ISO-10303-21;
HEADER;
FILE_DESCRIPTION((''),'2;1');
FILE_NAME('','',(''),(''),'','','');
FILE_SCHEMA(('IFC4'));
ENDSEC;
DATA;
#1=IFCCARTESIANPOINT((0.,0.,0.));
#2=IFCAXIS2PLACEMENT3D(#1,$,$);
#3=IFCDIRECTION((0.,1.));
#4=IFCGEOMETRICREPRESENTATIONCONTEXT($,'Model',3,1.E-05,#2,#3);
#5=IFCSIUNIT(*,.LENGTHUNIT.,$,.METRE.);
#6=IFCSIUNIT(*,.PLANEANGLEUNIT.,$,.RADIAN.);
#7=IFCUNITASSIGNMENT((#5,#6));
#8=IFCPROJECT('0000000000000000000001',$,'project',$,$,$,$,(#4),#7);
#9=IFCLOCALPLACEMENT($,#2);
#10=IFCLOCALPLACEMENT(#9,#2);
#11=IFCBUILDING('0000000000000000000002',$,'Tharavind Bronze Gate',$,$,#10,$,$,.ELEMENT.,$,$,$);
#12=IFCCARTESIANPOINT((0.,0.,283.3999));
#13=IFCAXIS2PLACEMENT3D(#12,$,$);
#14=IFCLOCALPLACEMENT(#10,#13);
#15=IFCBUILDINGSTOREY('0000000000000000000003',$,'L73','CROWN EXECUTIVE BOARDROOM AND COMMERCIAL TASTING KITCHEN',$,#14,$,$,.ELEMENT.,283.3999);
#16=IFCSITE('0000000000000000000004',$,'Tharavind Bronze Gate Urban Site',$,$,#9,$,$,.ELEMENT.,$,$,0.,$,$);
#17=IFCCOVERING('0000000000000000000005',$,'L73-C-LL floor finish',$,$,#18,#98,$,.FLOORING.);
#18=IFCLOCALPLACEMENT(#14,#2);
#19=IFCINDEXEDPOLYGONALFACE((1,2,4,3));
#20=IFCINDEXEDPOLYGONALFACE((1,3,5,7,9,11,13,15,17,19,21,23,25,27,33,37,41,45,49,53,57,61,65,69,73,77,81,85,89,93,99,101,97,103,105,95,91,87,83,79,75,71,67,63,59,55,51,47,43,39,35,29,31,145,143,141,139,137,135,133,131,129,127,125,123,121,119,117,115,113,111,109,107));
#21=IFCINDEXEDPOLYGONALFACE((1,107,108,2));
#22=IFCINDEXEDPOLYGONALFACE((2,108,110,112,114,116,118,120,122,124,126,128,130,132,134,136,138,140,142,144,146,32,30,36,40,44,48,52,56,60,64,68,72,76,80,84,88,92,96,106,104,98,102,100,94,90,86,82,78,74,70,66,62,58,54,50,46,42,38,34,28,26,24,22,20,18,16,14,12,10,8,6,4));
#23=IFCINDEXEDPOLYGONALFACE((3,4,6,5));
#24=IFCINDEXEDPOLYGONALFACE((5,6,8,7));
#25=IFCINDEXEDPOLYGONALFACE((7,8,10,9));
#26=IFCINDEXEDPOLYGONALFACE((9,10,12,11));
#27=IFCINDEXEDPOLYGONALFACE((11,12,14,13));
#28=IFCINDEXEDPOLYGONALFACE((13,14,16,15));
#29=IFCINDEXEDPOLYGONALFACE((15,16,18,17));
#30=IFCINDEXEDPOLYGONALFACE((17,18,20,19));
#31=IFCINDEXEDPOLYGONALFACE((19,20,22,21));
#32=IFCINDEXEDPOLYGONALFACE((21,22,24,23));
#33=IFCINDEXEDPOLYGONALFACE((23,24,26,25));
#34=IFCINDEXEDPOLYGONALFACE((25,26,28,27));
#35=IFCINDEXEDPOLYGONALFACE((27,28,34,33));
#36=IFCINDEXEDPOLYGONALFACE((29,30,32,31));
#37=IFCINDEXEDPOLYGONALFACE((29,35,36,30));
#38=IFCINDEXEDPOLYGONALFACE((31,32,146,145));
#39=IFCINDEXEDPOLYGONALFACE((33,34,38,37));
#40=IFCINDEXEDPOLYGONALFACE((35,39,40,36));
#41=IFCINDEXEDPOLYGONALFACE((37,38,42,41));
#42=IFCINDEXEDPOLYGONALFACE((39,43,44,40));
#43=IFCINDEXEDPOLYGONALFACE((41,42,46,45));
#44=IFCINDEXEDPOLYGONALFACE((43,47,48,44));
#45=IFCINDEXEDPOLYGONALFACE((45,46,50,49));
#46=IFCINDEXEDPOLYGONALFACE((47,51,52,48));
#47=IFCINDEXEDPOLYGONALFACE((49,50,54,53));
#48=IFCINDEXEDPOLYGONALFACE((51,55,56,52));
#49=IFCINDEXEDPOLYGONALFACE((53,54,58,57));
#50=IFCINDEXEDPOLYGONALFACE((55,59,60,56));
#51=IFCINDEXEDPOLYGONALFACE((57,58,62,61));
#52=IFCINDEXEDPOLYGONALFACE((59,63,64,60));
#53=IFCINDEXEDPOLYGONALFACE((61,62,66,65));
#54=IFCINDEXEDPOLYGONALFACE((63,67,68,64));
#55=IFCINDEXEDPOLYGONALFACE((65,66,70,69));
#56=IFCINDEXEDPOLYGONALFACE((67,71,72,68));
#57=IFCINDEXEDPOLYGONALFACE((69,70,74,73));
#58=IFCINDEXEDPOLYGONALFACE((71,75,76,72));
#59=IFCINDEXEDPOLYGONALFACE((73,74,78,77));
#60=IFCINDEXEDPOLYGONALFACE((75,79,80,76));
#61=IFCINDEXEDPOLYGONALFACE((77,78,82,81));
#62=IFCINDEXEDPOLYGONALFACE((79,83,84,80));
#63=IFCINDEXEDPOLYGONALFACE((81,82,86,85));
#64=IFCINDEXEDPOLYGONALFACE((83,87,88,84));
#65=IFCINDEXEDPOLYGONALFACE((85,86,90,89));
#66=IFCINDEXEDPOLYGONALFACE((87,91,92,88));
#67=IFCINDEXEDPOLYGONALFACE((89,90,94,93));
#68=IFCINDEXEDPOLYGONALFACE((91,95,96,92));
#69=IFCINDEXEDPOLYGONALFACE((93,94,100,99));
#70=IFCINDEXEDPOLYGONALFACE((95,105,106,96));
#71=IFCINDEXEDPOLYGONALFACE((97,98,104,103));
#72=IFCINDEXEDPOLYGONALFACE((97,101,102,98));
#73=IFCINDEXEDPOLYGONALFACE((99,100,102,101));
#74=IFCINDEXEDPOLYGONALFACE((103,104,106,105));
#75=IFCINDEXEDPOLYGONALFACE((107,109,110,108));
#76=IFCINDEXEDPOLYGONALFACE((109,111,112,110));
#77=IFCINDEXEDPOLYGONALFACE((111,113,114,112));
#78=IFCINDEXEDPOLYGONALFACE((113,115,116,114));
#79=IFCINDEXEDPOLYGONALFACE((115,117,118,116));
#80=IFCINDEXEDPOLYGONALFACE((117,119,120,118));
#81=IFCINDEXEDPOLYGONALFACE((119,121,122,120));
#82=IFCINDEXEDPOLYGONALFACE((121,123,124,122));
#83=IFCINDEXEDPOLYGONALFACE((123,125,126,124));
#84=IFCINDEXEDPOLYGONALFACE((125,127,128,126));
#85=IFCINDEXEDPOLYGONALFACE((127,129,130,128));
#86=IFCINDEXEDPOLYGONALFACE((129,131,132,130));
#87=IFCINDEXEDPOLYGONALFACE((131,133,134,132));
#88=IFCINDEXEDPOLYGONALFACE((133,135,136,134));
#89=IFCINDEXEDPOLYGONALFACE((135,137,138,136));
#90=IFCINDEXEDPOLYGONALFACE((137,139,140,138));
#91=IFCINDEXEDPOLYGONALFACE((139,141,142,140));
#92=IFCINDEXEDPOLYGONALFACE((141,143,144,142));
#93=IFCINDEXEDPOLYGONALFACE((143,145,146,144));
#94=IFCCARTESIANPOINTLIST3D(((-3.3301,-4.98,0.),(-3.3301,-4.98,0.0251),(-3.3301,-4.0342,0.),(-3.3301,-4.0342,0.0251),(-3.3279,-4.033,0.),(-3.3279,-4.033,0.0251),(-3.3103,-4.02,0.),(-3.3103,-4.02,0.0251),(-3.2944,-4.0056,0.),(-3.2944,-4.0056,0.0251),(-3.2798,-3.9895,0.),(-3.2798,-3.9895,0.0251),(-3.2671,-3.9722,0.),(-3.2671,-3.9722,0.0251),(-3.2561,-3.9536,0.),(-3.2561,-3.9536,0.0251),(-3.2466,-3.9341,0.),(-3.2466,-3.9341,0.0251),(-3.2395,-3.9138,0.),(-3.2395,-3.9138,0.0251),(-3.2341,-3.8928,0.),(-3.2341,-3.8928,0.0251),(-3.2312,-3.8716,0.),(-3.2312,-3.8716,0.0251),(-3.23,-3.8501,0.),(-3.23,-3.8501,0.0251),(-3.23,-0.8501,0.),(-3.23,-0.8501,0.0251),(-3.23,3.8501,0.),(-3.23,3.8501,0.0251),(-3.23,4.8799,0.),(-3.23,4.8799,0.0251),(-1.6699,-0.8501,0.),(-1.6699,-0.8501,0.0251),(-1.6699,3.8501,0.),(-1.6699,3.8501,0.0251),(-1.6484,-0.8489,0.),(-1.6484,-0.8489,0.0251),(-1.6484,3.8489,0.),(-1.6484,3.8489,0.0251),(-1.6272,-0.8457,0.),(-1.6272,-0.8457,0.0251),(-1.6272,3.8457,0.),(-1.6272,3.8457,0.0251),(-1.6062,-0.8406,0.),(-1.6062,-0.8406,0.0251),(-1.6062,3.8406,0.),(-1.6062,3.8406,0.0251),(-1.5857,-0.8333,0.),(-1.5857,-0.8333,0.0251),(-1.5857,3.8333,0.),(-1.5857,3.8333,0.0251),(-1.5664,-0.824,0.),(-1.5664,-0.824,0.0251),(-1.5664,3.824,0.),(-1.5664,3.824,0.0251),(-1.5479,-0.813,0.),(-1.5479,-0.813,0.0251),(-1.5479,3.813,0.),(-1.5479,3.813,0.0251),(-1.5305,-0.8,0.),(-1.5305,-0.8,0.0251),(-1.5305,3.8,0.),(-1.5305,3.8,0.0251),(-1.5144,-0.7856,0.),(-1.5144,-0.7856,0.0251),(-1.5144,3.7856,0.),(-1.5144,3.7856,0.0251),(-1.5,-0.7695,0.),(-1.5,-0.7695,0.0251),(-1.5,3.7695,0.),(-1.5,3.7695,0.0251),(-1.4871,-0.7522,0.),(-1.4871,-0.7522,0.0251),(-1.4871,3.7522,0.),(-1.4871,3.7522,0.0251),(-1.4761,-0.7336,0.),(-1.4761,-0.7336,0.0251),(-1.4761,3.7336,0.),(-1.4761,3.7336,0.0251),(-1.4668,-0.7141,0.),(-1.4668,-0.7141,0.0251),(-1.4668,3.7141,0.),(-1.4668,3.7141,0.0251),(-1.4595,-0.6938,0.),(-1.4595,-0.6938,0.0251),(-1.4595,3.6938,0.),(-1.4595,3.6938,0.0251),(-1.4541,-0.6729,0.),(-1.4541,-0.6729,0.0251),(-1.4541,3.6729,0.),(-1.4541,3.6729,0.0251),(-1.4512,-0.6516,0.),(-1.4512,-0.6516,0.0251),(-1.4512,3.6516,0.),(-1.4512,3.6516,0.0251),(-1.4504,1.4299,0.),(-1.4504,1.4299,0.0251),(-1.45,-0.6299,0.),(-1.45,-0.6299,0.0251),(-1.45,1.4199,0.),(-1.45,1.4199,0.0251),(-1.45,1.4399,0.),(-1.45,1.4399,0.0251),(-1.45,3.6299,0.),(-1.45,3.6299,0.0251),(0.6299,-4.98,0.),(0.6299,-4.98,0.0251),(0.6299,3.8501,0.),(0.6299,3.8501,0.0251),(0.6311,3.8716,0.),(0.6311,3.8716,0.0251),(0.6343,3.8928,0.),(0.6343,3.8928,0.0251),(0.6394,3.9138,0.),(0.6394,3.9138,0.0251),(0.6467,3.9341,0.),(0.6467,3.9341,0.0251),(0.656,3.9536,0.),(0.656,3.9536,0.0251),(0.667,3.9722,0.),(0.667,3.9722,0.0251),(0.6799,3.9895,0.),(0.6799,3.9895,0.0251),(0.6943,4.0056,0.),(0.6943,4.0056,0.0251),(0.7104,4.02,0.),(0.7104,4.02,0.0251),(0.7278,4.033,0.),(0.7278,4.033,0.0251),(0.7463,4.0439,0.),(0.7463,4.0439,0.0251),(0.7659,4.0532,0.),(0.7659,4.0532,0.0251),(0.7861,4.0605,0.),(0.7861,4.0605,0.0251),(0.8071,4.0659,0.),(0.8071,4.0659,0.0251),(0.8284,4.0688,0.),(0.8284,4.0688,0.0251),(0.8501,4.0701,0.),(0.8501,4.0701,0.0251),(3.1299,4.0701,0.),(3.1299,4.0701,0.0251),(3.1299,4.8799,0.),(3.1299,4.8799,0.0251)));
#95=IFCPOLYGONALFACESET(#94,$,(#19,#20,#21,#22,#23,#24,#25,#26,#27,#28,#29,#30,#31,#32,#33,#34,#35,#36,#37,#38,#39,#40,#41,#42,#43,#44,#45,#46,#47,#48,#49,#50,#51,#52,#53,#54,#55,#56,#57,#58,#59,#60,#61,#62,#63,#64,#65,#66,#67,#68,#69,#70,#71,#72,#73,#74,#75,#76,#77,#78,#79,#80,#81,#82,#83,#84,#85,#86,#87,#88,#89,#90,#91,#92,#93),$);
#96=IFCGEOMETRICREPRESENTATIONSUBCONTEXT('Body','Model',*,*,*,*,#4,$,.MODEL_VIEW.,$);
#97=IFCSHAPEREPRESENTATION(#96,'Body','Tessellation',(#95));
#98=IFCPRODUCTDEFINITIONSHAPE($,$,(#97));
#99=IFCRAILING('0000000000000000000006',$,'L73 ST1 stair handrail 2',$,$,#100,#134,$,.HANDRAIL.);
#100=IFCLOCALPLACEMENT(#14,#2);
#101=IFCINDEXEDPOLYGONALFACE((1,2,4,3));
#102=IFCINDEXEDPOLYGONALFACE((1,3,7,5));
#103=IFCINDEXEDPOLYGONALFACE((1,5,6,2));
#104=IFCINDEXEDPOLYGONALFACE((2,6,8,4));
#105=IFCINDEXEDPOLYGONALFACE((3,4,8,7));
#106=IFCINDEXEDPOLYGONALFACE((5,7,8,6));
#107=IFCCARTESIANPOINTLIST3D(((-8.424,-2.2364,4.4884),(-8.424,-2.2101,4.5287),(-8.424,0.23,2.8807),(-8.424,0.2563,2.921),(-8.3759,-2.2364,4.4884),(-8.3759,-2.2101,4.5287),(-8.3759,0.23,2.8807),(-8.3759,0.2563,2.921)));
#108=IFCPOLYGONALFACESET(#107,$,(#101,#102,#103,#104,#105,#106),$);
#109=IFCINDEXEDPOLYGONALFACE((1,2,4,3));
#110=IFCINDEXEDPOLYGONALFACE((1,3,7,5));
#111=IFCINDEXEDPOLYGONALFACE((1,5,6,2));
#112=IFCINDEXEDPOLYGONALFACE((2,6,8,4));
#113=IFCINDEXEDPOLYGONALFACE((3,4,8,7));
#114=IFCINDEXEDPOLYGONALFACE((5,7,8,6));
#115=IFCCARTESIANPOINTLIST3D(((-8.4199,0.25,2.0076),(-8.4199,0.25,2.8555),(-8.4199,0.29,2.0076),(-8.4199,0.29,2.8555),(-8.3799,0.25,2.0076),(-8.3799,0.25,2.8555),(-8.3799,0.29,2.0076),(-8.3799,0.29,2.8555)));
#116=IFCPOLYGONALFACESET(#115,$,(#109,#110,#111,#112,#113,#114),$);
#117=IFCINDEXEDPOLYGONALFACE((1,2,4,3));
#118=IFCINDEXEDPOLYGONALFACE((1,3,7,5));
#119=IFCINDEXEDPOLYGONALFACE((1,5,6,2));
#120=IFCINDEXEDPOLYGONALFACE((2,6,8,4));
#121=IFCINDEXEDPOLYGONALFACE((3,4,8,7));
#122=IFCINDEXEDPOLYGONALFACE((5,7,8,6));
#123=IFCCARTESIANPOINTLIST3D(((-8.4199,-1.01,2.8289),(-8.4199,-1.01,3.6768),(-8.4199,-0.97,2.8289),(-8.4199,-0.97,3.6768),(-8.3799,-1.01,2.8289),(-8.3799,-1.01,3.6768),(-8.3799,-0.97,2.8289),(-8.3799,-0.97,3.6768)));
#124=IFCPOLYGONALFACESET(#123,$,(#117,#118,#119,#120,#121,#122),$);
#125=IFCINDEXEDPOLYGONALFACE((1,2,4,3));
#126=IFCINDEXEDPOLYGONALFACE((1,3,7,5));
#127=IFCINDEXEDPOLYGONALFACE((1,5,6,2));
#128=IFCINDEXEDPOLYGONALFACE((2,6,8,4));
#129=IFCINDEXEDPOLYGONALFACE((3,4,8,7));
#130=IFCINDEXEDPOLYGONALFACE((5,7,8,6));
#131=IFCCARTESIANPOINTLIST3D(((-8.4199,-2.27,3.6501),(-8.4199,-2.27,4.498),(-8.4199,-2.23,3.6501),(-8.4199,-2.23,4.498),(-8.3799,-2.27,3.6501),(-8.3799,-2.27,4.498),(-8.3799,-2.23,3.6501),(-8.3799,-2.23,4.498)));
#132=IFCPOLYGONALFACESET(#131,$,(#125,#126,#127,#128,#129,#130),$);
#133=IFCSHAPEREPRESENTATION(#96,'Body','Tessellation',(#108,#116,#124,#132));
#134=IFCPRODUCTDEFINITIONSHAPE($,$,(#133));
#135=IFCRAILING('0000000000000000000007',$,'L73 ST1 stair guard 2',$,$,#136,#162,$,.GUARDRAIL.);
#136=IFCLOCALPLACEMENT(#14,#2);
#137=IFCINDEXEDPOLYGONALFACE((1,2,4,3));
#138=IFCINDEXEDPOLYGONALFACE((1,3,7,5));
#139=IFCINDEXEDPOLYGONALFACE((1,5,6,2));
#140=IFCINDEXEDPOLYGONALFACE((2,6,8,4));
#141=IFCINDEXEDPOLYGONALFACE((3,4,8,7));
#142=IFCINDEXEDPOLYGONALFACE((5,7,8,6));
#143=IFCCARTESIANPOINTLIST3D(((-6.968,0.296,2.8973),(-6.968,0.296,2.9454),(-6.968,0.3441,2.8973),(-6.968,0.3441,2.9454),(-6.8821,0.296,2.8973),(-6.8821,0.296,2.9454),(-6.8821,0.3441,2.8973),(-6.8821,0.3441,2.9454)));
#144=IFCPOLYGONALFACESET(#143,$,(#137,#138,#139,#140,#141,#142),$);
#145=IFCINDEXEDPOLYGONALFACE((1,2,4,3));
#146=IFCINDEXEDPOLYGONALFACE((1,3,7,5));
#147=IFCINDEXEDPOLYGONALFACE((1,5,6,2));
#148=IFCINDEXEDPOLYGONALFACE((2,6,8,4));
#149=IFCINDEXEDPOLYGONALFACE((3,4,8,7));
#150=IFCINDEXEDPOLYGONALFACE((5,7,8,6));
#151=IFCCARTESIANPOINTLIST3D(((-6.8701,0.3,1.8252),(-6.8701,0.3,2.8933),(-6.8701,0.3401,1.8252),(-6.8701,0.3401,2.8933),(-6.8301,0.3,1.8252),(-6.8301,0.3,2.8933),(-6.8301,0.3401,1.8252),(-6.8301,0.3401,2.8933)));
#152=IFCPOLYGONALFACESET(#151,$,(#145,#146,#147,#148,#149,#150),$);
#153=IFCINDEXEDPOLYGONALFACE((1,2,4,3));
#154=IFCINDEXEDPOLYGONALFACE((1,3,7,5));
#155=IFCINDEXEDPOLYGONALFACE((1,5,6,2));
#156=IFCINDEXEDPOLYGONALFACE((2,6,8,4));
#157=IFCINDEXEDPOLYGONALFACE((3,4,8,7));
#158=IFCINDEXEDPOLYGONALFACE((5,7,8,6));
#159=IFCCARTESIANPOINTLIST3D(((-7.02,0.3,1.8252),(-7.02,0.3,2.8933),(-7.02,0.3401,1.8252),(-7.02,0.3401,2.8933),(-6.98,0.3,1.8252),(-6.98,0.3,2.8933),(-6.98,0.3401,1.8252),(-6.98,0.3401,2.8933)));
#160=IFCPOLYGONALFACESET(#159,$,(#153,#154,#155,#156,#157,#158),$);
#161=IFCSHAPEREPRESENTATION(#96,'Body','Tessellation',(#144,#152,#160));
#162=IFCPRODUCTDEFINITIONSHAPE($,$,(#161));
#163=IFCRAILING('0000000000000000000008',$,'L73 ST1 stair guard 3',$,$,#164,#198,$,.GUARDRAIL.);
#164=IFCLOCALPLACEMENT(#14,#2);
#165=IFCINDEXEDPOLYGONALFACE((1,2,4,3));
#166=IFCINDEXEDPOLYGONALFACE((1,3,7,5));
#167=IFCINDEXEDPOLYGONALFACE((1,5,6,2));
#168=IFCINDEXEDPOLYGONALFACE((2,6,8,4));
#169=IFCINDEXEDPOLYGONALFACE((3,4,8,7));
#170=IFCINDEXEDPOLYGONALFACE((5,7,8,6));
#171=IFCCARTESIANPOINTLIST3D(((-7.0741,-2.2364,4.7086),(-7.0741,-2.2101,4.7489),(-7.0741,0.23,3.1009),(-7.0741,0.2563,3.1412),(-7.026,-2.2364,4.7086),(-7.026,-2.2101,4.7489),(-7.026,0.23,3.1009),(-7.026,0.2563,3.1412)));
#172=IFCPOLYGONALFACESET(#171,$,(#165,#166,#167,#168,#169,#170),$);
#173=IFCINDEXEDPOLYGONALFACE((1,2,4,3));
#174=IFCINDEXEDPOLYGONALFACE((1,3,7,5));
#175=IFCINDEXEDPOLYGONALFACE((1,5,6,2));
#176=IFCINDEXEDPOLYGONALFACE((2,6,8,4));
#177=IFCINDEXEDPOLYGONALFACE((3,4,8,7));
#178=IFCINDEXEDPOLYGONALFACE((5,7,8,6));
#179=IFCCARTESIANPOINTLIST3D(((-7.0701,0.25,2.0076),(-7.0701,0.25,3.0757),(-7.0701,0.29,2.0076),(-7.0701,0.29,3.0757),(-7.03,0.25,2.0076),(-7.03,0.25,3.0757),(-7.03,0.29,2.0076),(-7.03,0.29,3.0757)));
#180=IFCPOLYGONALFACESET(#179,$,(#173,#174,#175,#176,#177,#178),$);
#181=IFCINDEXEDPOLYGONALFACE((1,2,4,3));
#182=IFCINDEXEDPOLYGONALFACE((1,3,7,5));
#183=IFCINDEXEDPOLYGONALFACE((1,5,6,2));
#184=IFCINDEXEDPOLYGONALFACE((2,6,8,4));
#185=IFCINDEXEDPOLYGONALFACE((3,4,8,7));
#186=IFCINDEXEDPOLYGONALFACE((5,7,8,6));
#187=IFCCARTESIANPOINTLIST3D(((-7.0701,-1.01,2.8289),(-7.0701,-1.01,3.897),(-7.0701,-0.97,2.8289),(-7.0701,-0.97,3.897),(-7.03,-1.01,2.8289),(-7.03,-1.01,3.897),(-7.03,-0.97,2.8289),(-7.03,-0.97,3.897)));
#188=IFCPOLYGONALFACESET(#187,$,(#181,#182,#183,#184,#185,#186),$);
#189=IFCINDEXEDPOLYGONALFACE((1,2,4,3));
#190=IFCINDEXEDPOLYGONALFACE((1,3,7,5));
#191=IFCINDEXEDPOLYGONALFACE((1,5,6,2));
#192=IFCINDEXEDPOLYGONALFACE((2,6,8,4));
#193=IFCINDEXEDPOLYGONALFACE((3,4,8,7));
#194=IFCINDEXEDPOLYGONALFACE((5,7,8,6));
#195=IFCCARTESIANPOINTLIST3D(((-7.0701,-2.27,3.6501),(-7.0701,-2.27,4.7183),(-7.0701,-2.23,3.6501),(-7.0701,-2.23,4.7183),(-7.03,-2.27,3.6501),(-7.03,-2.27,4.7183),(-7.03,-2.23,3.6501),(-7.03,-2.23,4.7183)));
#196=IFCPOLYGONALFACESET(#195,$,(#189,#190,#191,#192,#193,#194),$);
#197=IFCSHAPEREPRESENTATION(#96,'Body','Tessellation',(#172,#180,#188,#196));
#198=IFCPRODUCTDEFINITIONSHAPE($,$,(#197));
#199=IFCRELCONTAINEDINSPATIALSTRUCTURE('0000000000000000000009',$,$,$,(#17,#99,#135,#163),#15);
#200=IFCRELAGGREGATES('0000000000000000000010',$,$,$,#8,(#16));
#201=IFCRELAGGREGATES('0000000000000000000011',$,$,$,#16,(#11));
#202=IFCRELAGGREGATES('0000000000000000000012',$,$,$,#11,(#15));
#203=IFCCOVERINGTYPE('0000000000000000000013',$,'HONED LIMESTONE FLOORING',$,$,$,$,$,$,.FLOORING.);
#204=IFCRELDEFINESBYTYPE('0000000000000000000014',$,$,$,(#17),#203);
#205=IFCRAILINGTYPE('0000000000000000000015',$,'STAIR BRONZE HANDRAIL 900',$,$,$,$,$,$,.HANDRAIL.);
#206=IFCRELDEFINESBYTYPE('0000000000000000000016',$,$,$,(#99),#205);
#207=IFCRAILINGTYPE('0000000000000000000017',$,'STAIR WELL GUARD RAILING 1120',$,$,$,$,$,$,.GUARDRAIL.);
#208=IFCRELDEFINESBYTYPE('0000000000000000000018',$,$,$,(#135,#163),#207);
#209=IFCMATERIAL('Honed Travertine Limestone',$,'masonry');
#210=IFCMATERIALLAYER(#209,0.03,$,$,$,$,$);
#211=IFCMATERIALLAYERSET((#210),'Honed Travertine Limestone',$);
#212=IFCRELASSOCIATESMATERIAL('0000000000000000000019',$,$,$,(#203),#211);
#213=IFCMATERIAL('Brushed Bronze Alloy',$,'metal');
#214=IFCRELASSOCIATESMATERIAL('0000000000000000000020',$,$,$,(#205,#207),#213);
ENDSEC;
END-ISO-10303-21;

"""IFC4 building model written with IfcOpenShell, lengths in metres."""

from ifc_helpers import new_model, si_unit, direction, frame, origin, origin_2d, place, context, subcontext, project, spatial, polyline, rectangle, outline, extrude, material, layer, layer_set, type_object, element, save


model = new_model("IFC4")

# Units and contexts
model_context = context("Model", 3, precision=1e-05, world=origin(), true_north=direction((0.0, 1.0)))
body_context = subcontext(model_context, "Body", "Model", "MODEL_VIEW")
ifc_project = project(units=[si_unit("LENGTHUNIT", "METRE"), si_unit("PLANEANGLEUNIT", "RADIAN")], contexts=[model_context])

# Site, building, storey
site_placement = place(None, origin())
site = spatial("IfcSite", under=ifc_project, at=site_placement, Name="Tharavind Bronze Gate Urban Site", CompositionType="ELEMENT", RefElevation=0.0)
building_placement = place(site_placement, origin())
building = spatial("IfcBuilding", under=site, at=building_placement, Name="Tharavind Bronze Gate", CompositionType="ELEMENT")
storey_placement = place(building_placement, frame((0.0, 0.0, 283.3999)))
storey = spatial("IfcBuildingStorey", under=building, at=storey_placement, Name="L73", Description="CROWN EXECUTIVE BOARDROOM AND COMMERCIAL TASTING KITCHEN", CompositionType="ELEMENT", Elevation=283.3999)

# Covering
ifc_material_1 = material(Name="Honed Travertine Limestone", Category="masonry")
ifc_layer_1 = layer(ifc_material_1, 0.03)
ifc_layer_set_1 = layer_set([ifc_layer_1], Name="Honed Travertine Limestone")
covering_type_1 = type_object("IfcCoveringType", Name="HONED LIMESTONE FLOORING", PredefinedType="FLOORING", material=ifc_layer_set_1)
covering_1_placement = place(storey_placement, origin())
element("IfcCovering", 1, at=covering_1_placement, inside=storey, type_object=covering_type_1, Name="L73-C-LL floor finish", PredefinedType="FLOORING", context=body_context, shape_type="SweptSolid", body=[
    extrude(outline(polyline([(-3.3301, -4.98), (0.6299, -4.98), (0.6299, 3.8501), (0.6311, 3.8716), (0.6343, 3.8928), (0.6394, 3.9138), (0.6467, 3.9341), (0.656, 3.9536), (0.667, 3.9722), (0.6799, 3.9895), (0.6943, 4.0056), (0.7104, 4.02), (0.7278, 4.033), (0.7463, 4.0439), (0.7659, 4.0532), (0.7861, 4.0605), (0.8071, 4.0659), (0.8284, 4.0688), (0.8501, 4.0701), (3.1299, 4.0701), (3.1299, 4.8799), (-3.23, 4.8799), (-3.23, 3.8501), (-1.6699, 3.8501), (-1.6484, 3.8489), (-1.6272, 3.8457), (-1.6062, 3.8406), (-1.5857, 3.8333), (-1.5664, 3.824), (-1.5479, 3.813), (-1.5305, 3.8), (-1.5144, 3.7856), (-1.5, 3.7695), (-1.4871, 3.7522), (-1.4761, 3.7336), (-1.4668, 3.7141), (-1.4595, 3.6938), (-1.4541, 3.6729), (-1.4512, 3.6516), (-1.45, 3.6299), (-1.45, 1.4399), (-1.4504, 1.4299), (-1.45, 1.4199), (-1.45, -0.6299), (-1.4512, -0.6516), (-1.4541, -0.6729), (-1.4595, -0.6938), (-1.4668, -0.7141), (-1.4761, -0.7336), (-1.4871, -0.7522), (-1.5, -0.7695), (-1.5144, -0.7856), (-1.5305, -0.8), (-1.5479, -0.813), (-1.5664, -0.824), (-1.5857, -0.8333), (-1.6062, -0.8406), (-1.6272, -0.8457), (-1.6484, -0.8489), (-1.6699, -0.8501), (-3.23, -0.8501), (-3.23, -3.8501), (-3.2312, -3.8716), (-3.2341, -3.8928), (-3.2395, -3.9138), (-3.2466, -3.9341), (-3.2561, -3.9536), (-3.2671, -3.9722), (-3.2798, -3.9895), (-3.2944, -4.0056), (-3.3103, -4.02), (-3.3279, -4.033), (-3.3301, -4.0342), (-3.3301, -4.98)])), origin(), (0.0, 0.0, 1.0), 0.0251),
])

# Railings
ifc_material_2 = material(Name="Brushed Bronze Alloy", Category="metal")
railing_type_1 = type_object("IfcRailingType", Name="STAIR BRONZE HANDRAIL 900", PredefinedType="HANDRAIL", material=ifc_material_2)
railing_1_placement = place(storey_placement, frame((-8.3999, 0.27, 2.0076)))
element("IfcRailing", 2, at=railing_1_placement, inside=storey, type_object=railing_type_1, Name="L73 ST1 stair handrail 2", PredefinedType="HANDRAIL", context=body_context, shape_type="SweptSolid", body=[
    extrude(rectangle(XDim=0.0481, YDim=0.0481, at=origin_2d()), frame((0.0, -0.0269, 0.8933), z_axis=(0.0, -0.837749, 0.546055), x_axis=(1.0, 0.0, 0.0)), (0.0, 0.0, 1.0), 2.9441),
    extrude(rectangle(XDim=0.04, YDim=0.04, at=origin_2d()), origin(), (0.0, 0.0, 1.0), 0.8479),
    extrude(rectangle(XDim=0.04, YDim=0.04, at=origin_2d()), frame((0.0, -1.26, 0.8213)), (0.0, 0.0, 1.0), 0.8479),
    extrude(rectangle(XDim=0.04, YDim=0.04, at=origin_2d()), frame((0.0, -2.52, 1.6426)), (0.0, 0.0, 1.0), 0.8479),
])
railing_type_2 = type_object("IfcRailingType", Name="STAIR WELL GUARD RAILING 1120", PredefinedType="GUARDRAIL", material=ifc_material_2)
railing_2_placement = place(storey_placement, frame((-6.8501, 0.3201, 1.8252)))
element("IfcRailing", 3, at=railing_2_placement, inside=storey, type_object=railing_type_2, Name="L73 ST1 stair guard 2", PredefinedType="GUARDRAIL", context=body_context, shape_type="SweptSolid", body=[
    extrude(rectangle(XDim=0.0481, YDim=0.0481, at=origin_2d()), frame((-0.032, 0.0, 1.0962), z_axis=(-1.0, 0.0, 0.0), x_axis=(0.0, -1.0, 0.0)), (0.0, 0.0, 1.0), 0.0859),
    extrude(rectangle(XDim=0.04, YDim=0.04, at=origin_2d()), origin(), (0.0, 0.0, 1.0), 1.0681),
    extrude(rectangle(XDim=0.04, YDim=0.04, at=origin_2d()), frame((-0.1499, 0.0, 0.0)), (0.0, 0.0, 1.0), 1.0681),
])
railing_3_placement = place(storey_placement, frame((-7.05, 0.27, 2.0076)))
element("IfcRailing", 4, at=railing_3_placement, inside=storey, type_object=railing_type_2, Name="L73 ST1 stair guard 3", PredefinedType="GUARDRAIL", context=body_context, shape_type="SweptSolid", body=[
    extrude(rectangle(XDim=0.0481, YDim=0.0481, at=origin_2d()), frame((0.0, -0.0269, 1.1135), z_axis=(0.0, -0.837749, 0.546055), x_axis=(1.0, 0.0, 0.0)), (0.0, 0.0, 1.0), 2.9441),
    extrude(rectangle(XDim=0.04, YDim=0.04, at=origin_2d()), origin(), (0.0, 0.0, 1.0), 1.0681),
    extrude(rectangle(XDim=0.04, YDim=0.04, at=origin_2d()), frame((0.0, -1.26, 0.8213)), (0.0, 0.0, 1.0), 1.0681),
    extrude(rectangle(XDim=0.04, YDim=0.04, at=origin_2d()), frame((0.0, -2.52, 1.6426)), (0.0, 0.0, 1.0), 1.0681),
])

save(model, "model.ifc")
